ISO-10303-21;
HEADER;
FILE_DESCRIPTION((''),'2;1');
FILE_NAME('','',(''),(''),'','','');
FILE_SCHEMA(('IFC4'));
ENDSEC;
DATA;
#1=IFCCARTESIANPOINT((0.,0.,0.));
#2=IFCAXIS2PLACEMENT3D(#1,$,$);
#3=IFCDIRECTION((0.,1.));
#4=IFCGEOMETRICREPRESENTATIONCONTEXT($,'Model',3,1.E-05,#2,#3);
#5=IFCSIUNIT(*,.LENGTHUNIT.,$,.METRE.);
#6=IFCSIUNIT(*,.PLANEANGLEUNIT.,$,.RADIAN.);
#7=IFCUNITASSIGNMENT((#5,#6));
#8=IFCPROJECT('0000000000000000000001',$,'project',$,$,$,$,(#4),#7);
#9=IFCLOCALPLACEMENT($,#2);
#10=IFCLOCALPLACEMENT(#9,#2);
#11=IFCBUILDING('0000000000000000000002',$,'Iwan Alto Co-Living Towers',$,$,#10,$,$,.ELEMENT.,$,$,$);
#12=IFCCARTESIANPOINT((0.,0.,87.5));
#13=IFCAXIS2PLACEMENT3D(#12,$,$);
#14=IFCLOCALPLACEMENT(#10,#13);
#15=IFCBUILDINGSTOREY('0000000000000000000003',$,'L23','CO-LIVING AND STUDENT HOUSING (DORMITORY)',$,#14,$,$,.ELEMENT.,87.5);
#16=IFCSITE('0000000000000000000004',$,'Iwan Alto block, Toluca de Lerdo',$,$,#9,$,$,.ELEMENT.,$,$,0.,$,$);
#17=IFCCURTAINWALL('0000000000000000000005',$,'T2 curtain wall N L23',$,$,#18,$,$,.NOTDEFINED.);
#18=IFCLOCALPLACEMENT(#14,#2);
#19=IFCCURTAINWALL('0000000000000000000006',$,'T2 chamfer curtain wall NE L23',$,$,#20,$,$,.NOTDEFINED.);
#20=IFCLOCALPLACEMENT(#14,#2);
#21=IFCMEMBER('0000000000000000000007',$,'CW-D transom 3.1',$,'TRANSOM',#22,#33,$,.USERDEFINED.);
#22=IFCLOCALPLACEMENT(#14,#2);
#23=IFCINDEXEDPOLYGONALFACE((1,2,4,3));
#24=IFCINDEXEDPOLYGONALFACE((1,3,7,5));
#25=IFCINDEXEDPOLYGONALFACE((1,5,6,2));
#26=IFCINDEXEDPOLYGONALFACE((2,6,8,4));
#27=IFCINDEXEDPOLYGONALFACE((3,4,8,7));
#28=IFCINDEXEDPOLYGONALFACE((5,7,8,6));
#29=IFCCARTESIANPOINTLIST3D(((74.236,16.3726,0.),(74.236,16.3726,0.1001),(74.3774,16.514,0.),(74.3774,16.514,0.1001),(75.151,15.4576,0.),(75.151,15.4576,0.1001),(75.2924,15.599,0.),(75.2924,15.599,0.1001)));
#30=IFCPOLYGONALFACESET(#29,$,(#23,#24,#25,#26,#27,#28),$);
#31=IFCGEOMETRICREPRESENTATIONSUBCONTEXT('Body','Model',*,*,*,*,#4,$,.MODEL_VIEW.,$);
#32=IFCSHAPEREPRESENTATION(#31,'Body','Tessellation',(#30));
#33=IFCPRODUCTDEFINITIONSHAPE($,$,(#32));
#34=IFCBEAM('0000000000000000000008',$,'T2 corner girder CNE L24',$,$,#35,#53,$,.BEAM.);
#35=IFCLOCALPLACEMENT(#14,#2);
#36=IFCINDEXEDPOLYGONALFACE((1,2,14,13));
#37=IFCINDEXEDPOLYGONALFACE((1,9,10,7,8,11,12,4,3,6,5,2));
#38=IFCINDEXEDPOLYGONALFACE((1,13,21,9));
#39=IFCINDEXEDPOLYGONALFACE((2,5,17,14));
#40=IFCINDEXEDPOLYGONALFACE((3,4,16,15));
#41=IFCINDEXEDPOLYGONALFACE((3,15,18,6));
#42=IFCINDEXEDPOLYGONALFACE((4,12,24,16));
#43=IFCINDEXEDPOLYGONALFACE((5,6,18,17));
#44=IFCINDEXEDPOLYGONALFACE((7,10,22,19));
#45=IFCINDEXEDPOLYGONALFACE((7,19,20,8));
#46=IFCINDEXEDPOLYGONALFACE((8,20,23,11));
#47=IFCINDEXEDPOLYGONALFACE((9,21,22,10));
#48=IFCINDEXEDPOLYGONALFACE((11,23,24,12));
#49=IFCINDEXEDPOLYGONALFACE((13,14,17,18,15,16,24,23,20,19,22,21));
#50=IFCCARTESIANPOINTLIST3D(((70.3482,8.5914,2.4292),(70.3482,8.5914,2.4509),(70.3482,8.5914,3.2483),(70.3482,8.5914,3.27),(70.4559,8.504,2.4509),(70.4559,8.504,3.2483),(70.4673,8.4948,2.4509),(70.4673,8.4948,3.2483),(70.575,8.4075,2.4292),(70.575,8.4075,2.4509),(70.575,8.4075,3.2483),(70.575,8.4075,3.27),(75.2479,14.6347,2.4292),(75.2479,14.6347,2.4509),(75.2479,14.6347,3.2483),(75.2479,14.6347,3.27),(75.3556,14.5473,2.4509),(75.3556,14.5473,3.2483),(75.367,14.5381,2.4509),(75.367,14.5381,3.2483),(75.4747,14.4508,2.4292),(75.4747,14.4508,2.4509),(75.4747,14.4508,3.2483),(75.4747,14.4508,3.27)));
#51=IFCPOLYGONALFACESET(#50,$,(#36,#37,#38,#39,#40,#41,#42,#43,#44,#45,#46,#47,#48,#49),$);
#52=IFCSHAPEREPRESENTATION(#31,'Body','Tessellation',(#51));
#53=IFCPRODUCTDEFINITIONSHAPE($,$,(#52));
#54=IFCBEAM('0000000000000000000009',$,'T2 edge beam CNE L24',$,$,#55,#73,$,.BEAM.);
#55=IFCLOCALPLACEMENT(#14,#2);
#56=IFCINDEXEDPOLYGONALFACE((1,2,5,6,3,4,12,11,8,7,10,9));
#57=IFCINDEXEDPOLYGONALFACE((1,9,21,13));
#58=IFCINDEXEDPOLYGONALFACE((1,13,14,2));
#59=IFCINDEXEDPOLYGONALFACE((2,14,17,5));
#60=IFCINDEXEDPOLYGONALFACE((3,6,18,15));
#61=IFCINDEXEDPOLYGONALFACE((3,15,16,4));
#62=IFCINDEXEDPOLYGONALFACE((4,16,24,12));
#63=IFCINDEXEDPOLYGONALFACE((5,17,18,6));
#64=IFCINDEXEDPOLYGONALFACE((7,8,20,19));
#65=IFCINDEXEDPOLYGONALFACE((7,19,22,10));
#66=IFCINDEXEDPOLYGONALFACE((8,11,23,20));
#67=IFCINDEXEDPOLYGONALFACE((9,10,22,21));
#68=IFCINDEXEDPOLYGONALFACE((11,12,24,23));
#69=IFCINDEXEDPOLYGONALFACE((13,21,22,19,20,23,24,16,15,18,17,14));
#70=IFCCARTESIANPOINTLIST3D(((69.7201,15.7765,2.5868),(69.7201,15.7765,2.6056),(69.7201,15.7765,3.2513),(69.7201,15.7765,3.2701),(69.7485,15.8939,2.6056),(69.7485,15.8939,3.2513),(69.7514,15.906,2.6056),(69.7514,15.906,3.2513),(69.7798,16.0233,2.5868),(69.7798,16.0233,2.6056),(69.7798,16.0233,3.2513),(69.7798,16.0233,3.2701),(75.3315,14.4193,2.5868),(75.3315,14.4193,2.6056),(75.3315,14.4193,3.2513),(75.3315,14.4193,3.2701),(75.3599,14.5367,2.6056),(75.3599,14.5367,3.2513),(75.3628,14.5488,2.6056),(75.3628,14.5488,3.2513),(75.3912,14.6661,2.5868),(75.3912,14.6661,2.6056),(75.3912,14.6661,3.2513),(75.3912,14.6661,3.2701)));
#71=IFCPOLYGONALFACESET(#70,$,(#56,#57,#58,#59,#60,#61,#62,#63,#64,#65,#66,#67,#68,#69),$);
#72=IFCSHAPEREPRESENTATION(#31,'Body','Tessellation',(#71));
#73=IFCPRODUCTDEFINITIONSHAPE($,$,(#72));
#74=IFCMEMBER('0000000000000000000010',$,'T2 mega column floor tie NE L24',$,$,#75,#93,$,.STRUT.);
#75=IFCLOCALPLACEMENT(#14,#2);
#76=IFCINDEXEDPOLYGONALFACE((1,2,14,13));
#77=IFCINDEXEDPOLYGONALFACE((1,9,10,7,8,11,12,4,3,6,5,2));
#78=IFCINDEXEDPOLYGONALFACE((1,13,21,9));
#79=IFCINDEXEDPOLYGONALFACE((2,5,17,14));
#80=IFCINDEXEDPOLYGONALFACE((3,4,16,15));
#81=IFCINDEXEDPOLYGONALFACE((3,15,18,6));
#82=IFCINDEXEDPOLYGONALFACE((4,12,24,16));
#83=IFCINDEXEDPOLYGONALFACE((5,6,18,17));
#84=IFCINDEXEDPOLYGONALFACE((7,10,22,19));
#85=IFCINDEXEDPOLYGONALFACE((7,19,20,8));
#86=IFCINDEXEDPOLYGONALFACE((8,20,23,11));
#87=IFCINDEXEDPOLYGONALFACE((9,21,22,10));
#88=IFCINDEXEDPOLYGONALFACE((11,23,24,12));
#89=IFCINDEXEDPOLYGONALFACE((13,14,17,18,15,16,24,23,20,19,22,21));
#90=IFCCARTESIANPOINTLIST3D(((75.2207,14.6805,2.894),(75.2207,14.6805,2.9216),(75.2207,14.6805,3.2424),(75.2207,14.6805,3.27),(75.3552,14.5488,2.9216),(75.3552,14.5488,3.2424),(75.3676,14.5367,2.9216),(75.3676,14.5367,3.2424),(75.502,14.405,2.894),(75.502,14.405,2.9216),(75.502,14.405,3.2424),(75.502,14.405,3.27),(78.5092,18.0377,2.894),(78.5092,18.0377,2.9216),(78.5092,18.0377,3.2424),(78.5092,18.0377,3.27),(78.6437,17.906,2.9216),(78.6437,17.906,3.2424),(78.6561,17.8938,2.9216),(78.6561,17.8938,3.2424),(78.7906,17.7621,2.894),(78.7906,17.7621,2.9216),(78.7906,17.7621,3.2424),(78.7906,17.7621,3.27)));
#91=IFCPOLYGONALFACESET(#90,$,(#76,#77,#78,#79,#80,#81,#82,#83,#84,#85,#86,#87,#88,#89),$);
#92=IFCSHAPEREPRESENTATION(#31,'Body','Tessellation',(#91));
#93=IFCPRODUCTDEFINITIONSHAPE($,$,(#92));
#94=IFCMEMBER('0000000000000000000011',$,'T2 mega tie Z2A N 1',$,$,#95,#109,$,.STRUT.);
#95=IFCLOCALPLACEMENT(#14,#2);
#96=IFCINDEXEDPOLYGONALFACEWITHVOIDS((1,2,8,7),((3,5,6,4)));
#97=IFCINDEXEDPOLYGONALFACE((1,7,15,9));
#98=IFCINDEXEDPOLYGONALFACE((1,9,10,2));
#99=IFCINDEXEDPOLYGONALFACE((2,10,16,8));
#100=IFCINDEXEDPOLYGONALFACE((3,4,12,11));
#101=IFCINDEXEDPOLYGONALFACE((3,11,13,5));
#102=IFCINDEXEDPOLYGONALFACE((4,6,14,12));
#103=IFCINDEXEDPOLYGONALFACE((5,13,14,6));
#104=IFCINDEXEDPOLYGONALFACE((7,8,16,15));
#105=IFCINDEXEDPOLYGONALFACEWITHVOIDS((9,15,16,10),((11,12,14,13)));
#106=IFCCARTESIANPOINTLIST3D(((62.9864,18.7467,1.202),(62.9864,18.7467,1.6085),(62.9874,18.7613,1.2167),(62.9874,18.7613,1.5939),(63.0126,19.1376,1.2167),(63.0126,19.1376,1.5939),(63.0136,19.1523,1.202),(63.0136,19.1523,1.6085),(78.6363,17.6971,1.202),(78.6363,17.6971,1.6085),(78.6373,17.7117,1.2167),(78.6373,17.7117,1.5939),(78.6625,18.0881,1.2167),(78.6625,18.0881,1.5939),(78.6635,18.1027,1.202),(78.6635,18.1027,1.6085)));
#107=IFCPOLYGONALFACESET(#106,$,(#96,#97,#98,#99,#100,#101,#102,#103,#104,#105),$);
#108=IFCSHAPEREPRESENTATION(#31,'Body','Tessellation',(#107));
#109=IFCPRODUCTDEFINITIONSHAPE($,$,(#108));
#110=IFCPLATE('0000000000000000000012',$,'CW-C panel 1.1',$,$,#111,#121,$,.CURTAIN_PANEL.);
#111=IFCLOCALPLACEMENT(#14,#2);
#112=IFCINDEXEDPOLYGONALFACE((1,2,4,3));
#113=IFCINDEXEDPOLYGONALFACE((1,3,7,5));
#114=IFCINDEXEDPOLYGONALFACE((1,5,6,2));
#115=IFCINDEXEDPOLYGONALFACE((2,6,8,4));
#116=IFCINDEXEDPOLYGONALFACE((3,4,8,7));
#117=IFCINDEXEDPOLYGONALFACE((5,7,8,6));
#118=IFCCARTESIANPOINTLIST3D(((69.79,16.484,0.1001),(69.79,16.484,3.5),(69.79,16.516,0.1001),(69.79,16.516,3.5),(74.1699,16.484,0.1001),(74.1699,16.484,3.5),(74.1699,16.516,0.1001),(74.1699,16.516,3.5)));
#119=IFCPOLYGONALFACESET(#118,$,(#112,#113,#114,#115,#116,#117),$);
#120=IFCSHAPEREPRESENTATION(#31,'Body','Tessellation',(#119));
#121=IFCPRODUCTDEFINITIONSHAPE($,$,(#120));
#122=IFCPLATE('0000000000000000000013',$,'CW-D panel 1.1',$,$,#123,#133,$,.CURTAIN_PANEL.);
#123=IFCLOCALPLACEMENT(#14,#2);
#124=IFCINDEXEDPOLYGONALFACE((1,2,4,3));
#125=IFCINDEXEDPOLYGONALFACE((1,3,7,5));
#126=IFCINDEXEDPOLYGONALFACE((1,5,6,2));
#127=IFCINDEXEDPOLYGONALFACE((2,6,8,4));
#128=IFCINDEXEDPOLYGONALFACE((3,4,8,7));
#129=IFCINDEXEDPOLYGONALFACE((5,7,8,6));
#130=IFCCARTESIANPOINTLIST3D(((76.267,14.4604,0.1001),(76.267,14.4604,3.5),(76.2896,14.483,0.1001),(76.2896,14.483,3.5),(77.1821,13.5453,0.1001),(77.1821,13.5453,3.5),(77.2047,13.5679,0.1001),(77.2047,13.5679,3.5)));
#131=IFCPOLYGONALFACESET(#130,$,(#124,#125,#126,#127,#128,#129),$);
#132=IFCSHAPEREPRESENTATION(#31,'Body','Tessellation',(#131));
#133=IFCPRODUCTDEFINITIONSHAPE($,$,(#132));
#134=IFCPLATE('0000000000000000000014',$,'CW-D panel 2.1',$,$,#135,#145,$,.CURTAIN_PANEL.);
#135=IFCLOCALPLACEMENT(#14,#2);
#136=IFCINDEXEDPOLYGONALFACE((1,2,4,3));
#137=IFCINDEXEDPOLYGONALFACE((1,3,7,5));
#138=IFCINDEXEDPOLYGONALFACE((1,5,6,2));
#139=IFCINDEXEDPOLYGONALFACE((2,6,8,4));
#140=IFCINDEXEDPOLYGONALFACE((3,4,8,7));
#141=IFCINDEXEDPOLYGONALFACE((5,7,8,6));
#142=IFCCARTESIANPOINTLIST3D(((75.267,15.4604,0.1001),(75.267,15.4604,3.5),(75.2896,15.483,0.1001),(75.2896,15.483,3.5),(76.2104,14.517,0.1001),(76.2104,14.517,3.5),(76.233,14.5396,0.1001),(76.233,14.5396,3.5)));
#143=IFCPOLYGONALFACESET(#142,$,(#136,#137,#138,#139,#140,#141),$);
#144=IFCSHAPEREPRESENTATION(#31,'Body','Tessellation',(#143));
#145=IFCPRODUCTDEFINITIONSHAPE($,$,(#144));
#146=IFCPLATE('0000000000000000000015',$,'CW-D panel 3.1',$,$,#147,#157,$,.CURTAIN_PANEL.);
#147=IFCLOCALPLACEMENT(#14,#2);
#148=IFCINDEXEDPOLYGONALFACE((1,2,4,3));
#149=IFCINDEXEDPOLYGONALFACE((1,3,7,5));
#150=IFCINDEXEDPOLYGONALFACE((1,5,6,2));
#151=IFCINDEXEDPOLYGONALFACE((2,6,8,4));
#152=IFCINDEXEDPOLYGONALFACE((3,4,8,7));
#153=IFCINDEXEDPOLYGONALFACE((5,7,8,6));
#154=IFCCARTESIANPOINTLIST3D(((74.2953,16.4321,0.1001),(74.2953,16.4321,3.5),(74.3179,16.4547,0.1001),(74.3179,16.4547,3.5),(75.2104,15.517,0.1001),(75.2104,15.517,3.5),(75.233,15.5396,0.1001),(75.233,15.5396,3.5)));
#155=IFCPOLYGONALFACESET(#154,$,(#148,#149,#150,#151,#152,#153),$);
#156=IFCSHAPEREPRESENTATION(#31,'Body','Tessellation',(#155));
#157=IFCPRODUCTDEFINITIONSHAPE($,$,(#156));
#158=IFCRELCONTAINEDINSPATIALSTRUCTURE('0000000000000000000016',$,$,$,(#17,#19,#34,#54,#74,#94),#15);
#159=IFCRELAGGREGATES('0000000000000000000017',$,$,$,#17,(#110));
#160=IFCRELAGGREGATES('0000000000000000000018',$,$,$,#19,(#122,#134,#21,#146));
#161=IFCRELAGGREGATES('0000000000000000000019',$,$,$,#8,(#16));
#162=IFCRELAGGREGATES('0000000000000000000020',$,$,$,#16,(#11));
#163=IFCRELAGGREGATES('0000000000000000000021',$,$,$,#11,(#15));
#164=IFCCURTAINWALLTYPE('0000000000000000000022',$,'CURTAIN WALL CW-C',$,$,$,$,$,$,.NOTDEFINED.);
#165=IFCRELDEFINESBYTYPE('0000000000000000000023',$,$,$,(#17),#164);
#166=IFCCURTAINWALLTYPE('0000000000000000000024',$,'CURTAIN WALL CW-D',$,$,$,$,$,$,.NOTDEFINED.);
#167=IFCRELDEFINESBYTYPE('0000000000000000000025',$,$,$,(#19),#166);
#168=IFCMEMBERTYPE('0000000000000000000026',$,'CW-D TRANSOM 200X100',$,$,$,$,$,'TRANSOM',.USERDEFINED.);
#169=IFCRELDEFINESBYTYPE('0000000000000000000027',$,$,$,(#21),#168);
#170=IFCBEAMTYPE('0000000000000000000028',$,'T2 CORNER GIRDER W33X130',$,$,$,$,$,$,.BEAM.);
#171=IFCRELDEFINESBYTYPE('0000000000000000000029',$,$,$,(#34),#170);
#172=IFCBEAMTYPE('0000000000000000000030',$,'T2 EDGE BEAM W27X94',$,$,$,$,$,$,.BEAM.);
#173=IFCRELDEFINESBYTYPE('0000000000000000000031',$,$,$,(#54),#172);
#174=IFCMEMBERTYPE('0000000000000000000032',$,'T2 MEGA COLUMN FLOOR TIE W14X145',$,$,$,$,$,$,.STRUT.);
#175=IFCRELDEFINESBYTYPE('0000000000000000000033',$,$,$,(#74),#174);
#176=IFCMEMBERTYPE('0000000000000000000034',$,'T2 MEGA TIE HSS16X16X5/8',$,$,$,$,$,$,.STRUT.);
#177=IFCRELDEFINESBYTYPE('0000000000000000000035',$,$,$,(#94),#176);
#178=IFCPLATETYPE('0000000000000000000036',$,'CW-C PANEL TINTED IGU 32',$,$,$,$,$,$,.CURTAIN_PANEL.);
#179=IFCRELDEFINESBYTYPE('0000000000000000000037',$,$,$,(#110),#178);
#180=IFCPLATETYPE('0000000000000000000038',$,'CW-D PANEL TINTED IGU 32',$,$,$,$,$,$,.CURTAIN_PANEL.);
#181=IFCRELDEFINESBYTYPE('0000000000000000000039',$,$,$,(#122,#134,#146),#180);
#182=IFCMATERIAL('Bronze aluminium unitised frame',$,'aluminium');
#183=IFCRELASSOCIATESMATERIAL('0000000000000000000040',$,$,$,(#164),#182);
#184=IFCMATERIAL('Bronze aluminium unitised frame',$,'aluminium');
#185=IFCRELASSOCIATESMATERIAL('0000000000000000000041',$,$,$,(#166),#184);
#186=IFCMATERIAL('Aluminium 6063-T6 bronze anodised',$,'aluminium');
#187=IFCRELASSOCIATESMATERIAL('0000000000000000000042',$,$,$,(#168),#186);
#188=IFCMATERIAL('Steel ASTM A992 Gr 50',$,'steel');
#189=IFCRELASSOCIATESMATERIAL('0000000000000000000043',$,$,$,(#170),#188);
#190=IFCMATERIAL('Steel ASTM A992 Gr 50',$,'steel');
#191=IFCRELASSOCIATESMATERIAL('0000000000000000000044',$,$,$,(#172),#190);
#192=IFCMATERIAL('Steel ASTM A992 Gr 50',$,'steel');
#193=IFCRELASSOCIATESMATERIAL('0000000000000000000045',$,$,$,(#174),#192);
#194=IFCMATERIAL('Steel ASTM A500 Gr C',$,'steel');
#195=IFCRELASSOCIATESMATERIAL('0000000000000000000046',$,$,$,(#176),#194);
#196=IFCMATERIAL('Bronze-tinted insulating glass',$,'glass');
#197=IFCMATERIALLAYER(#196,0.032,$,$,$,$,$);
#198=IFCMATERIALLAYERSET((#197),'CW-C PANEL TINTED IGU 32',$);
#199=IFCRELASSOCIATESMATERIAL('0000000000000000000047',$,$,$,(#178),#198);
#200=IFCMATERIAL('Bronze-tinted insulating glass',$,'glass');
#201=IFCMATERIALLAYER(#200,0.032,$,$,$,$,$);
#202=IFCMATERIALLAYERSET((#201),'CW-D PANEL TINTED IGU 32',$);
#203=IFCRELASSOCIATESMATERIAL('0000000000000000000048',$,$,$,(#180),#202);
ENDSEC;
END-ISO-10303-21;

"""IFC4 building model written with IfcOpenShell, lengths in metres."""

from ifc_helpers import new_model, si_unit, direction, frame, origin, origin_2d, place, context, subcontext, project, spatial, rectangle, hollow_rectangle, i_section, extrude, material, layer, layer_set, material_profile, profile_set, type_object, element, aggregate, save


model = new_model("IFC4")

# Units and contexts
model_context = context("Model", 3, precision=1e-05, world=origin(), true_north=direction((0.0, 1.0)))
body_context = subcontext(model_context, "Body", "Model", "MODEL_VIEW")
ifc_project = project(units=[si_unit("LENGTHUNIT", "METRE"), si_unit("PLANEANGLEUNIT", "RADIAN")], contexts=[model_context])

# Site, building, storey
site_placement = place(None, origin())
site = spatial("IfcSite", under=ifc_project, at=site_placement, Name="Iwan Alto block, Toluca de Lerdo", CompositionType="ELEMENT", RefElevation=0.0)
building_placement = place(site_placement, origin())
building = spatial("IfcBuilding", under=site, at=building_placement, Name="Iwan Alto Co-Living Towers", CompositionType="ELEMENT")
storey_placement = place(building_placement, frame((0.0, 0.0, 87.5)))
storey = spatial("IfcBuildingStorey", under=building, at=storey_placement, Name="L23", Description="CO-LIVING AND STUDENT HOUSING (DORMITORY)", CompositionType="ELEMENT", Elevation=87.5)

# Shared definitions
ifc_material_1 = material(Name="Bronze aluminium unitised frame", Category="aluminium")
curtain_wall_type_1 = type_object("IfcCurtainWallType", Name="CURTAIN WALL CW-C", PredefinedType="NOTDEFINED", material=ifc_material_1)

# Curtain walls, member
curtain_wall_1_placement = place(storey_placement, origin())
curtain_wall_1 = element("IfcCurtainWall", 1, at=curtain_wall_1_placement, inside=storey, type_object=curtain_wall_type_1, Name="T2 curtain wall N L23", PredefinedType="NOTDEFINED")
ifc_material_2 = material(Name="Bronze aluminium unitised frame", Category="aluminium")
curtain_wall_type_2 = type_object("IfcCurtainWallType", Name="CURTAIN WALL CW-D", PredefinedType="NOTDEFINED", material=ifc_material_2)
curtain_wall_2_placement = place(storey_placement, origin())
curtain_wall_2 = element("IfcCurtainWall", 2, at=curtain_wall_2_placement, inside=storey, type_object=curtain_wall_type_2, Name="T2 chamfer curtain wall NE L23", PredefinedType="NOTDEFINED")
ifc_material_3 = material(Name="Aluminium 6063-T6 bronze anodised", Category="aluminium")
ifc_material_profile_1 = material_profile(ifc_material_3, rectangle(XDim=0.2, YDim=0.1001, at=origin_2d()), Name="AL 200X100")
ifc_profile_set_1 = profile_set([ifc_material_profile_1], Name="Aluminium 6063-T6 bronze anodised")
member_type_1 = type_object("IfcMemberType", Name="CW-D TRANSOM 200X100", ElementType="TRANSOM", PredefinedType="USERDEFINED", material=ifc_profile_set_1)
member_1_placement = place(storey_placement, frame((75.2217, 15.5283, 0.05), z_axis=(-0.707107, 0.707107, 0.0), x_axis=(-0.707107, -0.707107, 0.0)))
member_1 = element("IfcMember", 3, at=member_1_placement, type_object=member_type_1, Name="CW-D transom 3.1", ObjectType="TRANSOM", PredefinedType="USERDEFINED", context=body_context, shape_type="SweptSolid", body=[
    extrude(rectangle(XDim=0.2, YDim=0.1001, at=origin_2d()), origin(), (0.0, 0.0, 1.0), 1.2939),
])

# Beams
ifc_material_4 = material(Name="Steel ASTM A992 Gr 50", Category="steel")
ifc_material_profile_2 = material_profile(ifc_material_4, i_section(OverallWidth=0.292, OverallDepth=0.8408, WebThickness=0.0146, FlangeThickness=0.0217, at=origin_2d()), Name="W33X130")
ifc_profile_set_2 = profile_set([ifc_material_profile_2], Name="Steel ASTM A992 Gr 50")
beam_type_1 = type_object("IfcBeamType", Name="T2 CORNER GIRDER W33X130", PredefinedType="BEAM", material=ifc_profile_set_2)
beam_1_placement = place(storey_placement, frame((75.3613, 14.5427, 2.8496), z_axis=(-0.629783, -0.776771, 0.0), x_axis=(0.776771, -0.629783, 0.0)))
element("IfcBeam", 4, at=beam_1_placement, inside=storey, type_object=beam_type_1, Name="T2 corner girder CNE L24", PredefinedType="BEAM", context=body_context, shape_type="SweptSolid", body=[
    extrude(i_section(OverallWidth=0.292, OverallDepth=0.8408, WebThickness=0.0146, FlangeThickness=0.0217, at=origin_2d()), origin(), (0.0, 0.0, 1.0), 7.78),
])
ifc_material_5 = material(Name="Steel ASTM A992 Gr 50", Category="steel")
ifc_material_profile_3 = material_profile(ifc_material_5, i_section(OverallWidth=0.2539, OverallDepth=0.6833, WebThickness=0.0125, FlangeThickness=0.0188, at=origin_2d()), Name="W27X94")
ifc_profile_set_3 = profile_set([ifc_material_profile_3], Name="Steel ASTM A992 Gr 50")
beam_type_2 = type_object("IfcBeamType", Name="T2 EDGE BEAM W27X94", PredefinedType="BEAM", material=ifc_profile_set_3)
beam_2_placement = place(storey_placement, frame((75.3613, 14.5427, 2.9285), z_axis=(-0.971975, 0.235086, 0.0), x_axis=(-0.235086, -0.971975, 0.0)))
element("IfcBeam", 5, at=beam_2_placement, inside=storey, type_object=beam_type_2, Name="T2 edge beam CNE L24", PredefinedType="BEAM", context=body_context, shape_type="SweptSolid", body=[
    extrude(i_section(OverallWidth=0.2539, OverallDepth=0.6833, WebThickness=0.0125, FlangeThickness=0.0188, at=origin_2d()), origin(), (0.0, 0.0, 1.0), 5.7732),
])

# Members
ifc_material_6 = material(Name="Steel ASTM A992 Gr 50", Category="steel")
ifc_material_profile_4 = material_profile(ifc_material_6, i_section(OverallWidth=0.3938, OverallDepth=0.376, WebThickness=0.0173, FlangeThickness=0.0276, at=origin_2d()), Name="W14X145")
ifc_profile_set_4 = profile_set([ifc_material_profile_4], Name="Steel ASTM A992 Gr 50")
member_type_2 = type_object("IfcMemberType", Name="T2 MEGA COLUMN FLOOR TIE W14X145", PredefinedType="STRUT", material=ifc_profile_set_4)
member_2_placement = place(storey_placement, frame((78.6499, 17.8999, 3.082), z_axis=(-0.69977, -0.714368, 0.0), x_axis=(0.714368, -0.69977, 0.0)))
element("IfcMember", 6, at=member_2_placement, inside=storey, type_object=member_type_2, Name="T2 mega column floor tie NE L24", PredefinedType="STRUT", context=body_context, shape_type="SweptSolid", body=[
    extrude(i_section(OverallWidth=0.3938, OverallDepth=0.376, WebThickness=0.0173, FlangeThickness=0.0276, at=origin_2d()), origin(), (0.0, 0.0, 1.0), 4.6995),
])
ifc_material_7 = material(Name="Steel ASTM A500 Gr C", Category="steel")
ifc_material_profile_5 = material_profile(ifc_material_7, hollow_rectangle(XDim=0.4065, YDim=0.4065, WallThickness=0.0146, at=origin_2d()), Name="HSS16X16X5/8")
ifc_profile_set_5 = profile_set([ifc_material_profile_5], Name="Steel ASTM A500 Gr C")
member_type_3 = type_object("IfcMemberType", Name="T2 MEGA TIE HSS16X16X5/8", PredefinedType="STRUT", material=ifc_profile_set_5)
member_3_placement = place(storey_placement, frame((78.6499, 17.8999, 1.4053), z_axis=(-0.997759, 0.066915, 0.0), x_axis=(-0.066915, -0.997759, 0.0)))
element("IfcMember", 7, at=member_3_placement, inside=storey, type_object=member_type_3, Name="T2 mega tie Z2A N 1", PredefinedType="STRUT", context=body_context, shape_type="SweptSolid", body=[
    extrude(hollow_rectangle(XDim=0.4065, YDim=0.4065, WallThickness=0.0146, at=origin_2d()), origin(), (0.0, 0.0, 1.0), 15.6851),
])

# Plates
ifc_material_8 = material(Name="Bronze-tinted insulating glass", Category="glass")
ifc_layer_1 = layer(ifc_material_8, 0.032)
ifc_layer_set_1 = layer_set([ifc_layer_1], Name="CW-C PANEL TINTED IGU 32")
plate_type_1 = type_object("IfcPlateType", Name="CW-C PANEL TINTED IGU 32", PredefinedType="CURTAIN_PANEL", material=ifc_layer_set_1)
plate_1_placement = place(storey_placement, frame((71.98, 16.5, 0.1001), z_axis=(0.0, 0.0, 1.0), x_axis=(-1.0, 0.0, 0.0)))
plate_1 = element("IfcPlate", 8, at=plate_1_placement, type_object=plate_type_1, Name="CW-C panel 1.1", PredefinedType="CURTAIN_PANEL", context=body_context, shape_type="SweptSolid", body=[
    extrude(rectangle(XDim=4.3799, YDim=0.032, at=origin_2d()), origin(), (0.0, 0.0, 1.0), 3.3999),
])
aggregate(curtain_wall_1, [plate_1])
ifc_material_9 = material(Name="Bronze-tinted insulating glass", Category="glass")
ifc_layer_2 = layer(ifc_material_9, 0.032)
ifc_layer_set_2 = layer_set([ifc_layer_2], Name="CW-D PANEL TINTED IGU 32")
plate_type_2 = type_object("IfcPlateType", Name="CW-D PANEL TINTED IGU 32", PredefinedType="CURTAIN_PANEL", material=ifc_layer_set_2)
plate_2_placement = place(storey_placement, frame((76.7358, 14.0142, 0.1001), z_axis=(0.0, 0.0, 1.0), x_axis=(-0.707107, 0.707107, 0.0)))
plate_2 = element("IfcPlate", 9, at=plate_2_placement, type_object=plate_type_2, Name="CW-D panel 1.1", PredefinedType="CURTAIN_PANEL", context=body_context, shape_type="SweptSolid", body=[
    extrude(rectangle(XDim=1.2942, YDim=0.032, at=origin_2d()), origin(), (0.0, 0.0, 1.0), 3.3999),
])
plate_3_placement = place(storey_placement, frame((75.75, 15.0, 0.1001), z_axis=(0.0, 0.0, 1.0), x_axis=(-0.707107, 0.707107, 0.0)))
plate_3 = element("IfcPlate", 10, at=plate_3_placement, type_object=plate_type_2, Name="CW-D panel 2.1", PredefinedType="CURTAIN_PANEL", context=body_context, shape_type="SweptSolid", body=[
    extrude(rectangle(XDim=1.3342, YDim=0.032, at=origin_2d()), origin(), (0.0, 0.0, 1.0), 3.3999),
])
plate_4_placement = place(storey_placement, frame((74.7642, 15.9858, 0.1001), z_axis=(0.0, 0.0, 1.0), x_axis=(-0.707107, 0.707107, 0.0)))
plate_4 = element("IfcPlate", 11, at=plate_4_placement, type_object=plate_type_2, Name="CW-D panel 3.1", PredefinedType="CURTAIN_PANEL", context=body_context, shape_type="SweptSolid", body=[
    extrude(rectangle(XDim=1.2942, YDim=0.032, at=origin_2d()), origin(), (0.0, 0.0, 1.0), 3.3999),
])
aggregate(curtain_wall_2, [plate_2, plate_3, member_1, plate_4])

save(model, "model.ifc")
